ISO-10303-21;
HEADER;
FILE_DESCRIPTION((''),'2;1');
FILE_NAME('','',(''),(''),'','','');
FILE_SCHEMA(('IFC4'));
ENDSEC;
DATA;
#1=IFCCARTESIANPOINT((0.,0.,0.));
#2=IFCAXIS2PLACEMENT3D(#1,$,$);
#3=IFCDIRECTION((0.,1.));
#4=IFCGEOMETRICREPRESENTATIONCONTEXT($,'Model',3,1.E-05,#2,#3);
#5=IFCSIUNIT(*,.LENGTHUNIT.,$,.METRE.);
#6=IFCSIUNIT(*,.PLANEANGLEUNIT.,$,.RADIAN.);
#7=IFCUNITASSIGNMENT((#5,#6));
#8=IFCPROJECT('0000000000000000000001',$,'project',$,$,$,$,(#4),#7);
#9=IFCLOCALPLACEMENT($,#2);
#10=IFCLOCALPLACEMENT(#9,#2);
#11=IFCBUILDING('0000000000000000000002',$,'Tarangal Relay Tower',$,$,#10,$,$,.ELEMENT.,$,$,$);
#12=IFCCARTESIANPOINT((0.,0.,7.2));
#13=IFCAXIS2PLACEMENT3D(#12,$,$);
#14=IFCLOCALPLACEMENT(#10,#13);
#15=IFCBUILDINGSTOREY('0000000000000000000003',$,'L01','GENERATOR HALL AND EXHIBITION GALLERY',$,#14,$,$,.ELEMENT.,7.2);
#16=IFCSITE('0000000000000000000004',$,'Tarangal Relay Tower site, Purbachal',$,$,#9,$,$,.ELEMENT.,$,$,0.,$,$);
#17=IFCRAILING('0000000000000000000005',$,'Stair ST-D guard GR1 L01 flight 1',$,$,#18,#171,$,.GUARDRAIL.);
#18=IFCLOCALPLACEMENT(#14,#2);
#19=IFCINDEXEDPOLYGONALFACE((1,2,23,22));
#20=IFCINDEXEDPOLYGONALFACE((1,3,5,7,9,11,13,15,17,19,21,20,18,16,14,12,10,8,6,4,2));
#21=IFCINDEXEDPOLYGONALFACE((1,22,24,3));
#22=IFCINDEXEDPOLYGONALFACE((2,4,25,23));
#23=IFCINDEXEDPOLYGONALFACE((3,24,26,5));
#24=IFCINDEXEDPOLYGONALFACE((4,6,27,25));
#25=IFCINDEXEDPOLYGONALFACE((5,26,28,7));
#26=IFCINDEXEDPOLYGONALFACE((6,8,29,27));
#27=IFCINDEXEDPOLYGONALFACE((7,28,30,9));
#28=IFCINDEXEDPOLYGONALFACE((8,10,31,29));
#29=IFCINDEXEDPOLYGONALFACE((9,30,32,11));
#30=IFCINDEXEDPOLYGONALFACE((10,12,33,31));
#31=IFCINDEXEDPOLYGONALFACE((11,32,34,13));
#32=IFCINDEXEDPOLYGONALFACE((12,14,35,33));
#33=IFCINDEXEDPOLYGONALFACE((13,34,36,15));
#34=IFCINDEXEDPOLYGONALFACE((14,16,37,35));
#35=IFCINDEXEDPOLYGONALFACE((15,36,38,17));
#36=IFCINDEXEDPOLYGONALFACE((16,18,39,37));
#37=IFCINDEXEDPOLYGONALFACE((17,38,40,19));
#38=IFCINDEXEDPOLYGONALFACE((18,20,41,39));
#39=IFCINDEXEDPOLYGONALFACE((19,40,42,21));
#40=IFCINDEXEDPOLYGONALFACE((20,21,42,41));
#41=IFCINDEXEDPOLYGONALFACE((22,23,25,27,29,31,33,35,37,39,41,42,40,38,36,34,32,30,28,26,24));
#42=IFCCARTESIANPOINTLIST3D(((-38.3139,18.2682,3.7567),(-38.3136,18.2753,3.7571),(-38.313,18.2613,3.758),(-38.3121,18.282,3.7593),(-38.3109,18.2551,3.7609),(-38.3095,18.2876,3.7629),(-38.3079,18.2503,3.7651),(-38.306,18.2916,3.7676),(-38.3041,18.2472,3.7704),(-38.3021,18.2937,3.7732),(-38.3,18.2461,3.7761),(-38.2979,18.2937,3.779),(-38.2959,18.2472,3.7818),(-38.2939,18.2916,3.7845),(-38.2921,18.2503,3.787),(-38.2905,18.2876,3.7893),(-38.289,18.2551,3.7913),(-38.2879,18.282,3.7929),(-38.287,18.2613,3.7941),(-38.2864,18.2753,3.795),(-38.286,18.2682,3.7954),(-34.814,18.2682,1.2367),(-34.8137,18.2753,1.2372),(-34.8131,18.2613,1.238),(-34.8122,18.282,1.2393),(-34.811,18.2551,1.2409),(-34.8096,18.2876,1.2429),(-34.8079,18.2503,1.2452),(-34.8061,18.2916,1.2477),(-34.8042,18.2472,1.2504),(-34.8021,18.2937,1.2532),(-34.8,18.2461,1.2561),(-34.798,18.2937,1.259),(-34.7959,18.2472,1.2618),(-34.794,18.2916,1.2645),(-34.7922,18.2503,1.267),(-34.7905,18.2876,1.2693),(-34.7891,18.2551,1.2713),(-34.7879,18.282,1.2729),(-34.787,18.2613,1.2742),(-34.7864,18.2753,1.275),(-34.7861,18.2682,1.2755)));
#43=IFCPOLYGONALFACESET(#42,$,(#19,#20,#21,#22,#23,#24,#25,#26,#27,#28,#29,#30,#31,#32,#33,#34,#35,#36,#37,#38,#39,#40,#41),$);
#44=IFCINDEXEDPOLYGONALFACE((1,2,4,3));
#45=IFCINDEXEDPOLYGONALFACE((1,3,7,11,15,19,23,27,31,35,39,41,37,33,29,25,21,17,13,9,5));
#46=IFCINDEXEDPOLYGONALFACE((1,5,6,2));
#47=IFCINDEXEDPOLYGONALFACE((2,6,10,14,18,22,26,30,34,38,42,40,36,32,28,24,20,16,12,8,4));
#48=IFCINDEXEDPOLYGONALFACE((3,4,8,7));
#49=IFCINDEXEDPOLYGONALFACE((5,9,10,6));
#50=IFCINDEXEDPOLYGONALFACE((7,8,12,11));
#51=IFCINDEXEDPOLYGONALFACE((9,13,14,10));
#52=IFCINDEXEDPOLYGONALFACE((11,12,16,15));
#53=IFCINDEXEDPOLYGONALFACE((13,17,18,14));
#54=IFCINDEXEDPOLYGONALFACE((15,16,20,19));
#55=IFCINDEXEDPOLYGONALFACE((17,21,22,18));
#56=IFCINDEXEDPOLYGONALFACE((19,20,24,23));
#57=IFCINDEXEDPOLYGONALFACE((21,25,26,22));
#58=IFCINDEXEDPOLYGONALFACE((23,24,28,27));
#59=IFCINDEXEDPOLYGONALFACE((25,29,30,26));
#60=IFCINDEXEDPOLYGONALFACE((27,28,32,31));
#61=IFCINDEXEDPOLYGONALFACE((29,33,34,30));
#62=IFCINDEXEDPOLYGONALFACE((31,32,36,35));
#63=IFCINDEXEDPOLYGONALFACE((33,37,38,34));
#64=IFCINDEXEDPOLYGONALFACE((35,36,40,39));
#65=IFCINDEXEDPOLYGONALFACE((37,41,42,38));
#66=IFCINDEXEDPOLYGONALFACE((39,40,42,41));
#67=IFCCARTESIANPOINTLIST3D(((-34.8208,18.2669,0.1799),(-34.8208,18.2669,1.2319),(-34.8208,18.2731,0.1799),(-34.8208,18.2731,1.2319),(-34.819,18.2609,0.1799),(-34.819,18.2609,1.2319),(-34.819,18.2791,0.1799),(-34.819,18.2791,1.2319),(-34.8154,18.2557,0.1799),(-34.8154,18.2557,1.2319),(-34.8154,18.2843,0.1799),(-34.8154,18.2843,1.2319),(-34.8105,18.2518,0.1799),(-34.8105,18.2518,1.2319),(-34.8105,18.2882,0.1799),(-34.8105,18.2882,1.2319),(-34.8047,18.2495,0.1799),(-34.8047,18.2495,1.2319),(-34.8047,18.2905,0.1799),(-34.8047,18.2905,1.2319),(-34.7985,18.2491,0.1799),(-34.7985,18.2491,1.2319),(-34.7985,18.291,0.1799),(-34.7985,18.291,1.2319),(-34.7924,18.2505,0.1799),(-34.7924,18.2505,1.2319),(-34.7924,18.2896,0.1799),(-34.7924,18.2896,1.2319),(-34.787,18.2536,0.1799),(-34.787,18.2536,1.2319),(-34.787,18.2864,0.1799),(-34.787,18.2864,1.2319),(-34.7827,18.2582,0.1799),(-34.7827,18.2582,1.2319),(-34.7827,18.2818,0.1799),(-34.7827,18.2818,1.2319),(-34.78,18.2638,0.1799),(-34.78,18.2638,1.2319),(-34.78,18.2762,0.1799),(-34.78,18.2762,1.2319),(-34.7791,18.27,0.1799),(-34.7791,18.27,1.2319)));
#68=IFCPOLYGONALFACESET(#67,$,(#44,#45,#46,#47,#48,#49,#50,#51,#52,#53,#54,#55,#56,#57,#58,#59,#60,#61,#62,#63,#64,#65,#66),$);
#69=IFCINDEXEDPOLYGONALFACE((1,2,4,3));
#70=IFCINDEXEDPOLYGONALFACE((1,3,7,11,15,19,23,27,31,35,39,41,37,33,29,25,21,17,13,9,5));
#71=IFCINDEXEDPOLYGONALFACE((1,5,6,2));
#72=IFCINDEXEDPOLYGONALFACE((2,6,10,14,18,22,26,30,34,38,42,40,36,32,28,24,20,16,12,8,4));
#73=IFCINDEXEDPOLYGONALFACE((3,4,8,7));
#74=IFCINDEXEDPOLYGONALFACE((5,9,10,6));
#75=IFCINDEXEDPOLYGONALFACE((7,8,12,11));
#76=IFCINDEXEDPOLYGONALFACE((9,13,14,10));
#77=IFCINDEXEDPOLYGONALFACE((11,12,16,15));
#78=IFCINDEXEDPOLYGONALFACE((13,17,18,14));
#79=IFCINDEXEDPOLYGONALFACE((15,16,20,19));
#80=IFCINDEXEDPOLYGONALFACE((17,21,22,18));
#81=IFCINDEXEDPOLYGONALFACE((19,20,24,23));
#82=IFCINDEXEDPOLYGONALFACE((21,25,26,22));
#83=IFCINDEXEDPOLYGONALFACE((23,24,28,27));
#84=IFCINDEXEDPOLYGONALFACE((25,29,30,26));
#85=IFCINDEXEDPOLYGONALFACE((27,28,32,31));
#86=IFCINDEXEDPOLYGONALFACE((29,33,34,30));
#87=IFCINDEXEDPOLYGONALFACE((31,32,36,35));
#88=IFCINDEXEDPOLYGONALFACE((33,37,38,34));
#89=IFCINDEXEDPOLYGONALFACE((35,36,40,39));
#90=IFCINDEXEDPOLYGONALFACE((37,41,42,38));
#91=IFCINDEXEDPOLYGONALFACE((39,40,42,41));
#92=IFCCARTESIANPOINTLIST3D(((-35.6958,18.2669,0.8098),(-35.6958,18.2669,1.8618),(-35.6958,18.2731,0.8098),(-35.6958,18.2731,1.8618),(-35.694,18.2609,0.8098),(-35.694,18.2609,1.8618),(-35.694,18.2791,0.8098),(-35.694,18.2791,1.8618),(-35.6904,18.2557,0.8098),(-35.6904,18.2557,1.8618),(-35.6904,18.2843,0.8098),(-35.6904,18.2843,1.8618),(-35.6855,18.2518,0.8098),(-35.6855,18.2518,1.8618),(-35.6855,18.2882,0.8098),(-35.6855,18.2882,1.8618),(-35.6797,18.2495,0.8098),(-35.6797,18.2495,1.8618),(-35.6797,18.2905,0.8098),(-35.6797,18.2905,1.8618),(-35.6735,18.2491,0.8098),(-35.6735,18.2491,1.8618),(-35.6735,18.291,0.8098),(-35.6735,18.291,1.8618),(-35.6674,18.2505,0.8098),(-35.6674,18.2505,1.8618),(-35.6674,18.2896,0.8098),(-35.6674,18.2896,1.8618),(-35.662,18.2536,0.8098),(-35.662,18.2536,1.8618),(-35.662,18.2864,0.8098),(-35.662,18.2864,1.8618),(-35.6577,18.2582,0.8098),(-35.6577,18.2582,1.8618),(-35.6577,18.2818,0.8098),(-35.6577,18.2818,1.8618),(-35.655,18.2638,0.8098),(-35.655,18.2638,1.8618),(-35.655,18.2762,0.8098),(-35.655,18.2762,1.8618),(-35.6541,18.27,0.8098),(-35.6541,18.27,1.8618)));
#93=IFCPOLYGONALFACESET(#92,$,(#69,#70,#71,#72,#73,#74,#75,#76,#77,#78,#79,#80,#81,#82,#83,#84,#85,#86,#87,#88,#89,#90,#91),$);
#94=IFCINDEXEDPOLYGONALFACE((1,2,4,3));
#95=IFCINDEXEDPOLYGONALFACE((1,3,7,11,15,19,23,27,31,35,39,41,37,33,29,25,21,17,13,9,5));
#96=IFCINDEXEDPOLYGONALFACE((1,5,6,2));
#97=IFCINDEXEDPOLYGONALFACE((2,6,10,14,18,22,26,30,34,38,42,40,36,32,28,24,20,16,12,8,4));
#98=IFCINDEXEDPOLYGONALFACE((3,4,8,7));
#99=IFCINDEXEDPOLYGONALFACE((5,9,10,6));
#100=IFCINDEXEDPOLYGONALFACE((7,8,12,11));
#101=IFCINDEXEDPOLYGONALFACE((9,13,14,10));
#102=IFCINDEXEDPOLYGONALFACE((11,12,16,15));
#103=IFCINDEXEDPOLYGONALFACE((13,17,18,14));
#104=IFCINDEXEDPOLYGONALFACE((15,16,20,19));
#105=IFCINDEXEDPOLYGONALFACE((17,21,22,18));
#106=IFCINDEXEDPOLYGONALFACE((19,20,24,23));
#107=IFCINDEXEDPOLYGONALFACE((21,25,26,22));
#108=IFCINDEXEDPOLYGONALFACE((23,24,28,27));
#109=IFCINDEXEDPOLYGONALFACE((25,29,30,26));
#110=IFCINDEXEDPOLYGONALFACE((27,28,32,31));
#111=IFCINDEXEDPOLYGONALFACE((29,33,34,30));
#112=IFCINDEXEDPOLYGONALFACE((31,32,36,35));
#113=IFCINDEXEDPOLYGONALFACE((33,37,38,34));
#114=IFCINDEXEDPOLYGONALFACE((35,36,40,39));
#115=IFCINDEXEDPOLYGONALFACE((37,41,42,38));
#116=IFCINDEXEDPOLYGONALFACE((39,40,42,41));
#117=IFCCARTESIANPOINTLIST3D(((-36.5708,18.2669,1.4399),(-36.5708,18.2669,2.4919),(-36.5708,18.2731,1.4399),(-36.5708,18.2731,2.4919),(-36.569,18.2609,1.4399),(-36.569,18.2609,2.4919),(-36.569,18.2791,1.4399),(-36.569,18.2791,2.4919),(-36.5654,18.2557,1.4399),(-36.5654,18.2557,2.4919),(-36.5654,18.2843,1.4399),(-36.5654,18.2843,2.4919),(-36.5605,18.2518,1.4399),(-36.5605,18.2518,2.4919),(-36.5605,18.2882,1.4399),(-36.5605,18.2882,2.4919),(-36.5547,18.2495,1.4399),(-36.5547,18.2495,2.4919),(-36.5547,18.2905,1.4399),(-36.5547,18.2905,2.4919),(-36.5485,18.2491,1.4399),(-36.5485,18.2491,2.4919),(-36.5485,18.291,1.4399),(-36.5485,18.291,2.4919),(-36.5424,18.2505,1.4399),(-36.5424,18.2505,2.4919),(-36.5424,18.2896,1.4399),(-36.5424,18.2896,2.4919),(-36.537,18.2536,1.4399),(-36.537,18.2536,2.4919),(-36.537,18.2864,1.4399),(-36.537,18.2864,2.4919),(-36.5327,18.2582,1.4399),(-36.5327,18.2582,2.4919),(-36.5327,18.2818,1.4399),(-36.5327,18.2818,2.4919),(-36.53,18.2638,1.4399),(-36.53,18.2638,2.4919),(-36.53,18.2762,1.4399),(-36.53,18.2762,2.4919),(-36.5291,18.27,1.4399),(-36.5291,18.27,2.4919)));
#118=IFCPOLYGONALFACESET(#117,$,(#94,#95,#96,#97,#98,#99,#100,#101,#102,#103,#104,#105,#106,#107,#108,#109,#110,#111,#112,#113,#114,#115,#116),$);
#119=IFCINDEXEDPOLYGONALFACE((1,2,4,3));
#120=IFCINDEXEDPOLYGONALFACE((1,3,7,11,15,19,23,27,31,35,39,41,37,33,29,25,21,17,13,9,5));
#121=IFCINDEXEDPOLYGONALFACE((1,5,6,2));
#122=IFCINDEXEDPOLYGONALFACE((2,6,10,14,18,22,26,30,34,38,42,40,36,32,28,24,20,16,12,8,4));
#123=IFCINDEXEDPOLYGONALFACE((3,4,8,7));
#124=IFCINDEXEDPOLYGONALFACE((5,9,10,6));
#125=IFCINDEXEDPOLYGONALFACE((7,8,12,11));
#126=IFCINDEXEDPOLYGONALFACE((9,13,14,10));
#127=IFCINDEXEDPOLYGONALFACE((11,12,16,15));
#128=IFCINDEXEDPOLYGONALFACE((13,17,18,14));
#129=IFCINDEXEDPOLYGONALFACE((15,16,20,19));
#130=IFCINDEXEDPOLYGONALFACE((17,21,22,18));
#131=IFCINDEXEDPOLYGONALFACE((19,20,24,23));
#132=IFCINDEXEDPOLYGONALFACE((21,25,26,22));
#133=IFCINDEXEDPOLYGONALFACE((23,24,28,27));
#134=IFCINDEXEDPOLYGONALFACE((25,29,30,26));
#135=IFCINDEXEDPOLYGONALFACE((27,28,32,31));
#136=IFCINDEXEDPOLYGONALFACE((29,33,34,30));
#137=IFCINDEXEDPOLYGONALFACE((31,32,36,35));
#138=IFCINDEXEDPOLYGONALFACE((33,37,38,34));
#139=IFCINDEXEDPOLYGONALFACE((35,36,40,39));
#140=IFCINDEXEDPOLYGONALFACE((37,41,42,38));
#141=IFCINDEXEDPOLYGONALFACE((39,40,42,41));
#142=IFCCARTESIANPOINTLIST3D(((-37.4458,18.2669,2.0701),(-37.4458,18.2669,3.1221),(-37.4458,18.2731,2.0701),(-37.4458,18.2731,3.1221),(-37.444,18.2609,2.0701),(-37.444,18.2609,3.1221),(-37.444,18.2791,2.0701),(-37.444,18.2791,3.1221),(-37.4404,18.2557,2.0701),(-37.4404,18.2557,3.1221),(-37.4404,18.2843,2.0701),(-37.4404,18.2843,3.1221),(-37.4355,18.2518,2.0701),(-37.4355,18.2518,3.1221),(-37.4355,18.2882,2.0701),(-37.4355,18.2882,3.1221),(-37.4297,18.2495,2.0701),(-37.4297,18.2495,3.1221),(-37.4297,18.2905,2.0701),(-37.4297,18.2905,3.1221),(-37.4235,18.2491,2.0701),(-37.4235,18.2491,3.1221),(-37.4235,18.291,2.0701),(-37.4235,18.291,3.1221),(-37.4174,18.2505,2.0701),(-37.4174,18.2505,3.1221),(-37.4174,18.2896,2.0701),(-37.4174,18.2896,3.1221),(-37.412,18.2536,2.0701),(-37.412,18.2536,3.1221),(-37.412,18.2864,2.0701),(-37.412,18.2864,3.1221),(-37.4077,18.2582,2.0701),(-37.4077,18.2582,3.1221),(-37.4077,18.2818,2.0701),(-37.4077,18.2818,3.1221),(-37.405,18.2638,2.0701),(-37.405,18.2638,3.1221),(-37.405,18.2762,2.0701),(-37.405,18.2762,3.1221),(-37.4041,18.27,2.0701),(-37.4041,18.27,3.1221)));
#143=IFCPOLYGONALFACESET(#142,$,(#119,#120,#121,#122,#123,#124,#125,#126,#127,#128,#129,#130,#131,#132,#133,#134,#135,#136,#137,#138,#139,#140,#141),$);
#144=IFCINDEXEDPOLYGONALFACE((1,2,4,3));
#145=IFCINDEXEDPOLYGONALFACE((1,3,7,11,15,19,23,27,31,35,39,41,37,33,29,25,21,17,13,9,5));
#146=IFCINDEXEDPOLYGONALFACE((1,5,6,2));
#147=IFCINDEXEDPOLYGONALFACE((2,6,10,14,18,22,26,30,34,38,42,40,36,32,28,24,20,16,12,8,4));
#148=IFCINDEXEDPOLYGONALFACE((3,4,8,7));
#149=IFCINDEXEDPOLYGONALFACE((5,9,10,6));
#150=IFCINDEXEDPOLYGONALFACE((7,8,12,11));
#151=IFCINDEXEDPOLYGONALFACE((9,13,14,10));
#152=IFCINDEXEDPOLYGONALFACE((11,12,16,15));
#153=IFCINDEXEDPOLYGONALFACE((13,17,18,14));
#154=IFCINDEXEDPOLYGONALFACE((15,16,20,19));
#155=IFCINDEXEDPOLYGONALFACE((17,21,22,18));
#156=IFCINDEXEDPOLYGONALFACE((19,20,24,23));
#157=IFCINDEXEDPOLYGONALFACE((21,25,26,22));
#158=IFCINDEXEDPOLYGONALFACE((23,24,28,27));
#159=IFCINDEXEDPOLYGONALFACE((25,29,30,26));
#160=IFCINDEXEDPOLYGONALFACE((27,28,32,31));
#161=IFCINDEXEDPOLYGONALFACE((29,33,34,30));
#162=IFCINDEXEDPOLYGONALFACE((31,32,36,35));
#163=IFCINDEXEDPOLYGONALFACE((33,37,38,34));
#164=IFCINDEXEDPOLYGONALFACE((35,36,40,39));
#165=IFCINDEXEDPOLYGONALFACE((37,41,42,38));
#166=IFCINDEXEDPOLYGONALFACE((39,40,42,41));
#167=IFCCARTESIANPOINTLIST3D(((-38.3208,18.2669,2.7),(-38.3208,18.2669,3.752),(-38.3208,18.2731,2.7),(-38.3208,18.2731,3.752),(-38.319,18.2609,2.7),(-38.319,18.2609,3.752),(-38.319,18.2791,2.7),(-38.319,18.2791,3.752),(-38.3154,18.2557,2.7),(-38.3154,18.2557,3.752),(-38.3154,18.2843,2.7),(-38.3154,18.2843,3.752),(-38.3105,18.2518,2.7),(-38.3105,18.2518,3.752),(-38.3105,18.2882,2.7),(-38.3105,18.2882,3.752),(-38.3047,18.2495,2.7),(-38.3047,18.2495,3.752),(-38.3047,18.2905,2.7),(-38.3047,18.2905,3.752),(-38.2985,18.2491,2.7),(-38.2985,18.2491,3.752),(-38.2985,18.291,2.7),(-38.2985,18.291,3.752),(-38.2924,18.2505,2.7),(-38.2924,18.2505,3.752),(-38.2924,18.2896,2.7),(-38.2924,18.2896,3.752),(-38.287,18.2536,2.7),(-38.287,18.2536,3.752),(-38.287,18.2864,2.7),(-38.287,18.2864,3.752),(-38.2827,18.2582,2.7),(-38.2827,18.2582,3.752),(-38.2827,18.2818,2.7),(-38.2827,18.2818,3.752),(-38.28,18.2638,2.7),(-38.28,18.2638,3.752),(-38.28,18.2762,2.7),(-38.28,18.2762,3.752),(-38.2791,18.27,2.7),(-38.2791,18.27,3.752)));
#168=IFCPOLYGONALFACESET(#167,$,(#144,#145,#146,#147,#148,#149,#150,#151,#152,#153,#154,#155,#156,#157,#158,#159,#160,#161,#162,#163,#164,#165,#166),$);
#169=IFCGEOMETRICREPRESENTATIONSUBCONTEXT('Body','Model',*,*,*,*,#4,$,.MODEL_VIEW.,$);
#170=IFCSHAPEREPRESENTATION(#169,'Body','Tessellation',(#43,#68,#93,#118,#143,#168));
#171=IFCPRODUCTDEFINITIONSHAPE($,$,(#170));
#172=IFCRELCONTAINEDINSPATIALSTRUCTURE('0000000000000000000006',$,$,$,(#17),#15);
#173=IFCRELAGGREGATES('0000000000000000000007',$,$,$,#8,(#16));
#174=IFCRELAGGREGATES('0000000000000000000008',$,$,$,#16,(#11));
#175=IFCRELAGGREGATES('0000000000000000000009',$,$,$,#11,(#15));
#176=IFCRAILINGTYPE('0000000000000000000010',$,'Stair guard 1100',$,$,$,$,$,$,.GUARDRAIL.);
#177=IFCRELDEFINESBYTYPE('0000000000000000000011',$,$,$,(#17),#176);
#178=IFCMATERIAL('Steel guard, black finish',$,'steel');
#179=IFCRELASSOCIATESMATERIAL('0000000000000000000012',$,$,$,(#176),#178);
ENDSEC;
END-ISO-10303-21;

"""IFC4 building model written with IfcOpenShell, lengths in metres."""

from ifc_helpers import new_model, si_unit, direction, frame, origin, origin_2d, place, context, subcontext, project, spatial, circle, extrude, material, type_object, element, save


model = new_model("IFC4")

# Units and contexts
model_context = context("Model", 3, precision=1e-05, world=origin(), true_north=direction((0.0, 1.0)))
body_context = subcontext(model_context, "Body", "Model", "MODEL_VIEW")
ifc_project = project(units=[si_unit("LENGTHUNIT", "METRE"), si_unit("PLANEANGLEUNIT", "RADIAN")], contexts=[model_context])

# Site, building, storey
site_placement = place(None, origin())
site = spatial("IfcSite", under=ifc_project, at=site_placement, Name="Tarangal Relay Tower site, Purbachal", CompositionType="ELEMENT", RefElevation=0.0)
building_placement = place(site_placement, origin())
building = spatial("IfcBuilding", under=site, at=building_placement, Name="Tarangal Relay Tower", CompositionType="ELEMENT")
storey_placement = place(building_placement, frame((0.0, 0.0, 7.2)))
storey = spatial("IfcBuildingStorey", under=building, at=storey_placement, Name="L01", Description="GENERATOR HALL AND EXHIBITION GALLERY", CompositionType="ELEMENT", Elevation=7.2)

# Railing
ifc_material_1 = material(Name="Steel guard, black finish", Category="steel")
railing_type_1 = type_object("IfcRailingType", Name="Stair guard 1100", PredefinedType="GUARDRAIL", material=ifc_material_1)
railing_1_placement = place(storey_placement, frame((-34.8, 18.27, 0.1799)))
element("IfcRailing", 1, at=railing_1_placement, inside=storey, type_object=railing_type_1, Name="Stair ST-D guard GR1 L01 flight 1", PredefinedType="GUARDRAIL", context=body_context, shape_type="SweptSolid", body=[
    extrude(circle(Radius=0.0239, at=origin_2d()), frame((0.0, 0.0, 1.0762), z_axis=(-0.811532, 0.0, 0.584308), x_axis=(0.0, -1.0, 0.0)), (0.0, 0.0, 1.0), 4.3127),
    extrude(circle(Radius=0.021, at=origin_2d()), origin(), (0.0, 0.0, 1.0), 1.052),
    extrude(circle(Radius=0.021, at=origin_2d()), frame((-0.875, 0.0, 0.6299)), (0.0, 0.0, 1.0), 1.052),
    extrude(circle(Radius=0.021, at=origin_2d()), frame((-1.75, 0.0, 1.26)), (0.0, 0.0, 1.0), 1.052),
    extrude(circle(Radius=0.021, at=origin_2d()), frame((-2.625, 0.0, 1.8901)), (0.0, 0.0, 1.0), 1.052),
    extrude(circle(Radius=0.021, at=origin_2d()), frame((-3.5, 0.0, 2.52)), (0.0, 0.0, 1.0), 1.052),
])

save(model, "model.ifc")
